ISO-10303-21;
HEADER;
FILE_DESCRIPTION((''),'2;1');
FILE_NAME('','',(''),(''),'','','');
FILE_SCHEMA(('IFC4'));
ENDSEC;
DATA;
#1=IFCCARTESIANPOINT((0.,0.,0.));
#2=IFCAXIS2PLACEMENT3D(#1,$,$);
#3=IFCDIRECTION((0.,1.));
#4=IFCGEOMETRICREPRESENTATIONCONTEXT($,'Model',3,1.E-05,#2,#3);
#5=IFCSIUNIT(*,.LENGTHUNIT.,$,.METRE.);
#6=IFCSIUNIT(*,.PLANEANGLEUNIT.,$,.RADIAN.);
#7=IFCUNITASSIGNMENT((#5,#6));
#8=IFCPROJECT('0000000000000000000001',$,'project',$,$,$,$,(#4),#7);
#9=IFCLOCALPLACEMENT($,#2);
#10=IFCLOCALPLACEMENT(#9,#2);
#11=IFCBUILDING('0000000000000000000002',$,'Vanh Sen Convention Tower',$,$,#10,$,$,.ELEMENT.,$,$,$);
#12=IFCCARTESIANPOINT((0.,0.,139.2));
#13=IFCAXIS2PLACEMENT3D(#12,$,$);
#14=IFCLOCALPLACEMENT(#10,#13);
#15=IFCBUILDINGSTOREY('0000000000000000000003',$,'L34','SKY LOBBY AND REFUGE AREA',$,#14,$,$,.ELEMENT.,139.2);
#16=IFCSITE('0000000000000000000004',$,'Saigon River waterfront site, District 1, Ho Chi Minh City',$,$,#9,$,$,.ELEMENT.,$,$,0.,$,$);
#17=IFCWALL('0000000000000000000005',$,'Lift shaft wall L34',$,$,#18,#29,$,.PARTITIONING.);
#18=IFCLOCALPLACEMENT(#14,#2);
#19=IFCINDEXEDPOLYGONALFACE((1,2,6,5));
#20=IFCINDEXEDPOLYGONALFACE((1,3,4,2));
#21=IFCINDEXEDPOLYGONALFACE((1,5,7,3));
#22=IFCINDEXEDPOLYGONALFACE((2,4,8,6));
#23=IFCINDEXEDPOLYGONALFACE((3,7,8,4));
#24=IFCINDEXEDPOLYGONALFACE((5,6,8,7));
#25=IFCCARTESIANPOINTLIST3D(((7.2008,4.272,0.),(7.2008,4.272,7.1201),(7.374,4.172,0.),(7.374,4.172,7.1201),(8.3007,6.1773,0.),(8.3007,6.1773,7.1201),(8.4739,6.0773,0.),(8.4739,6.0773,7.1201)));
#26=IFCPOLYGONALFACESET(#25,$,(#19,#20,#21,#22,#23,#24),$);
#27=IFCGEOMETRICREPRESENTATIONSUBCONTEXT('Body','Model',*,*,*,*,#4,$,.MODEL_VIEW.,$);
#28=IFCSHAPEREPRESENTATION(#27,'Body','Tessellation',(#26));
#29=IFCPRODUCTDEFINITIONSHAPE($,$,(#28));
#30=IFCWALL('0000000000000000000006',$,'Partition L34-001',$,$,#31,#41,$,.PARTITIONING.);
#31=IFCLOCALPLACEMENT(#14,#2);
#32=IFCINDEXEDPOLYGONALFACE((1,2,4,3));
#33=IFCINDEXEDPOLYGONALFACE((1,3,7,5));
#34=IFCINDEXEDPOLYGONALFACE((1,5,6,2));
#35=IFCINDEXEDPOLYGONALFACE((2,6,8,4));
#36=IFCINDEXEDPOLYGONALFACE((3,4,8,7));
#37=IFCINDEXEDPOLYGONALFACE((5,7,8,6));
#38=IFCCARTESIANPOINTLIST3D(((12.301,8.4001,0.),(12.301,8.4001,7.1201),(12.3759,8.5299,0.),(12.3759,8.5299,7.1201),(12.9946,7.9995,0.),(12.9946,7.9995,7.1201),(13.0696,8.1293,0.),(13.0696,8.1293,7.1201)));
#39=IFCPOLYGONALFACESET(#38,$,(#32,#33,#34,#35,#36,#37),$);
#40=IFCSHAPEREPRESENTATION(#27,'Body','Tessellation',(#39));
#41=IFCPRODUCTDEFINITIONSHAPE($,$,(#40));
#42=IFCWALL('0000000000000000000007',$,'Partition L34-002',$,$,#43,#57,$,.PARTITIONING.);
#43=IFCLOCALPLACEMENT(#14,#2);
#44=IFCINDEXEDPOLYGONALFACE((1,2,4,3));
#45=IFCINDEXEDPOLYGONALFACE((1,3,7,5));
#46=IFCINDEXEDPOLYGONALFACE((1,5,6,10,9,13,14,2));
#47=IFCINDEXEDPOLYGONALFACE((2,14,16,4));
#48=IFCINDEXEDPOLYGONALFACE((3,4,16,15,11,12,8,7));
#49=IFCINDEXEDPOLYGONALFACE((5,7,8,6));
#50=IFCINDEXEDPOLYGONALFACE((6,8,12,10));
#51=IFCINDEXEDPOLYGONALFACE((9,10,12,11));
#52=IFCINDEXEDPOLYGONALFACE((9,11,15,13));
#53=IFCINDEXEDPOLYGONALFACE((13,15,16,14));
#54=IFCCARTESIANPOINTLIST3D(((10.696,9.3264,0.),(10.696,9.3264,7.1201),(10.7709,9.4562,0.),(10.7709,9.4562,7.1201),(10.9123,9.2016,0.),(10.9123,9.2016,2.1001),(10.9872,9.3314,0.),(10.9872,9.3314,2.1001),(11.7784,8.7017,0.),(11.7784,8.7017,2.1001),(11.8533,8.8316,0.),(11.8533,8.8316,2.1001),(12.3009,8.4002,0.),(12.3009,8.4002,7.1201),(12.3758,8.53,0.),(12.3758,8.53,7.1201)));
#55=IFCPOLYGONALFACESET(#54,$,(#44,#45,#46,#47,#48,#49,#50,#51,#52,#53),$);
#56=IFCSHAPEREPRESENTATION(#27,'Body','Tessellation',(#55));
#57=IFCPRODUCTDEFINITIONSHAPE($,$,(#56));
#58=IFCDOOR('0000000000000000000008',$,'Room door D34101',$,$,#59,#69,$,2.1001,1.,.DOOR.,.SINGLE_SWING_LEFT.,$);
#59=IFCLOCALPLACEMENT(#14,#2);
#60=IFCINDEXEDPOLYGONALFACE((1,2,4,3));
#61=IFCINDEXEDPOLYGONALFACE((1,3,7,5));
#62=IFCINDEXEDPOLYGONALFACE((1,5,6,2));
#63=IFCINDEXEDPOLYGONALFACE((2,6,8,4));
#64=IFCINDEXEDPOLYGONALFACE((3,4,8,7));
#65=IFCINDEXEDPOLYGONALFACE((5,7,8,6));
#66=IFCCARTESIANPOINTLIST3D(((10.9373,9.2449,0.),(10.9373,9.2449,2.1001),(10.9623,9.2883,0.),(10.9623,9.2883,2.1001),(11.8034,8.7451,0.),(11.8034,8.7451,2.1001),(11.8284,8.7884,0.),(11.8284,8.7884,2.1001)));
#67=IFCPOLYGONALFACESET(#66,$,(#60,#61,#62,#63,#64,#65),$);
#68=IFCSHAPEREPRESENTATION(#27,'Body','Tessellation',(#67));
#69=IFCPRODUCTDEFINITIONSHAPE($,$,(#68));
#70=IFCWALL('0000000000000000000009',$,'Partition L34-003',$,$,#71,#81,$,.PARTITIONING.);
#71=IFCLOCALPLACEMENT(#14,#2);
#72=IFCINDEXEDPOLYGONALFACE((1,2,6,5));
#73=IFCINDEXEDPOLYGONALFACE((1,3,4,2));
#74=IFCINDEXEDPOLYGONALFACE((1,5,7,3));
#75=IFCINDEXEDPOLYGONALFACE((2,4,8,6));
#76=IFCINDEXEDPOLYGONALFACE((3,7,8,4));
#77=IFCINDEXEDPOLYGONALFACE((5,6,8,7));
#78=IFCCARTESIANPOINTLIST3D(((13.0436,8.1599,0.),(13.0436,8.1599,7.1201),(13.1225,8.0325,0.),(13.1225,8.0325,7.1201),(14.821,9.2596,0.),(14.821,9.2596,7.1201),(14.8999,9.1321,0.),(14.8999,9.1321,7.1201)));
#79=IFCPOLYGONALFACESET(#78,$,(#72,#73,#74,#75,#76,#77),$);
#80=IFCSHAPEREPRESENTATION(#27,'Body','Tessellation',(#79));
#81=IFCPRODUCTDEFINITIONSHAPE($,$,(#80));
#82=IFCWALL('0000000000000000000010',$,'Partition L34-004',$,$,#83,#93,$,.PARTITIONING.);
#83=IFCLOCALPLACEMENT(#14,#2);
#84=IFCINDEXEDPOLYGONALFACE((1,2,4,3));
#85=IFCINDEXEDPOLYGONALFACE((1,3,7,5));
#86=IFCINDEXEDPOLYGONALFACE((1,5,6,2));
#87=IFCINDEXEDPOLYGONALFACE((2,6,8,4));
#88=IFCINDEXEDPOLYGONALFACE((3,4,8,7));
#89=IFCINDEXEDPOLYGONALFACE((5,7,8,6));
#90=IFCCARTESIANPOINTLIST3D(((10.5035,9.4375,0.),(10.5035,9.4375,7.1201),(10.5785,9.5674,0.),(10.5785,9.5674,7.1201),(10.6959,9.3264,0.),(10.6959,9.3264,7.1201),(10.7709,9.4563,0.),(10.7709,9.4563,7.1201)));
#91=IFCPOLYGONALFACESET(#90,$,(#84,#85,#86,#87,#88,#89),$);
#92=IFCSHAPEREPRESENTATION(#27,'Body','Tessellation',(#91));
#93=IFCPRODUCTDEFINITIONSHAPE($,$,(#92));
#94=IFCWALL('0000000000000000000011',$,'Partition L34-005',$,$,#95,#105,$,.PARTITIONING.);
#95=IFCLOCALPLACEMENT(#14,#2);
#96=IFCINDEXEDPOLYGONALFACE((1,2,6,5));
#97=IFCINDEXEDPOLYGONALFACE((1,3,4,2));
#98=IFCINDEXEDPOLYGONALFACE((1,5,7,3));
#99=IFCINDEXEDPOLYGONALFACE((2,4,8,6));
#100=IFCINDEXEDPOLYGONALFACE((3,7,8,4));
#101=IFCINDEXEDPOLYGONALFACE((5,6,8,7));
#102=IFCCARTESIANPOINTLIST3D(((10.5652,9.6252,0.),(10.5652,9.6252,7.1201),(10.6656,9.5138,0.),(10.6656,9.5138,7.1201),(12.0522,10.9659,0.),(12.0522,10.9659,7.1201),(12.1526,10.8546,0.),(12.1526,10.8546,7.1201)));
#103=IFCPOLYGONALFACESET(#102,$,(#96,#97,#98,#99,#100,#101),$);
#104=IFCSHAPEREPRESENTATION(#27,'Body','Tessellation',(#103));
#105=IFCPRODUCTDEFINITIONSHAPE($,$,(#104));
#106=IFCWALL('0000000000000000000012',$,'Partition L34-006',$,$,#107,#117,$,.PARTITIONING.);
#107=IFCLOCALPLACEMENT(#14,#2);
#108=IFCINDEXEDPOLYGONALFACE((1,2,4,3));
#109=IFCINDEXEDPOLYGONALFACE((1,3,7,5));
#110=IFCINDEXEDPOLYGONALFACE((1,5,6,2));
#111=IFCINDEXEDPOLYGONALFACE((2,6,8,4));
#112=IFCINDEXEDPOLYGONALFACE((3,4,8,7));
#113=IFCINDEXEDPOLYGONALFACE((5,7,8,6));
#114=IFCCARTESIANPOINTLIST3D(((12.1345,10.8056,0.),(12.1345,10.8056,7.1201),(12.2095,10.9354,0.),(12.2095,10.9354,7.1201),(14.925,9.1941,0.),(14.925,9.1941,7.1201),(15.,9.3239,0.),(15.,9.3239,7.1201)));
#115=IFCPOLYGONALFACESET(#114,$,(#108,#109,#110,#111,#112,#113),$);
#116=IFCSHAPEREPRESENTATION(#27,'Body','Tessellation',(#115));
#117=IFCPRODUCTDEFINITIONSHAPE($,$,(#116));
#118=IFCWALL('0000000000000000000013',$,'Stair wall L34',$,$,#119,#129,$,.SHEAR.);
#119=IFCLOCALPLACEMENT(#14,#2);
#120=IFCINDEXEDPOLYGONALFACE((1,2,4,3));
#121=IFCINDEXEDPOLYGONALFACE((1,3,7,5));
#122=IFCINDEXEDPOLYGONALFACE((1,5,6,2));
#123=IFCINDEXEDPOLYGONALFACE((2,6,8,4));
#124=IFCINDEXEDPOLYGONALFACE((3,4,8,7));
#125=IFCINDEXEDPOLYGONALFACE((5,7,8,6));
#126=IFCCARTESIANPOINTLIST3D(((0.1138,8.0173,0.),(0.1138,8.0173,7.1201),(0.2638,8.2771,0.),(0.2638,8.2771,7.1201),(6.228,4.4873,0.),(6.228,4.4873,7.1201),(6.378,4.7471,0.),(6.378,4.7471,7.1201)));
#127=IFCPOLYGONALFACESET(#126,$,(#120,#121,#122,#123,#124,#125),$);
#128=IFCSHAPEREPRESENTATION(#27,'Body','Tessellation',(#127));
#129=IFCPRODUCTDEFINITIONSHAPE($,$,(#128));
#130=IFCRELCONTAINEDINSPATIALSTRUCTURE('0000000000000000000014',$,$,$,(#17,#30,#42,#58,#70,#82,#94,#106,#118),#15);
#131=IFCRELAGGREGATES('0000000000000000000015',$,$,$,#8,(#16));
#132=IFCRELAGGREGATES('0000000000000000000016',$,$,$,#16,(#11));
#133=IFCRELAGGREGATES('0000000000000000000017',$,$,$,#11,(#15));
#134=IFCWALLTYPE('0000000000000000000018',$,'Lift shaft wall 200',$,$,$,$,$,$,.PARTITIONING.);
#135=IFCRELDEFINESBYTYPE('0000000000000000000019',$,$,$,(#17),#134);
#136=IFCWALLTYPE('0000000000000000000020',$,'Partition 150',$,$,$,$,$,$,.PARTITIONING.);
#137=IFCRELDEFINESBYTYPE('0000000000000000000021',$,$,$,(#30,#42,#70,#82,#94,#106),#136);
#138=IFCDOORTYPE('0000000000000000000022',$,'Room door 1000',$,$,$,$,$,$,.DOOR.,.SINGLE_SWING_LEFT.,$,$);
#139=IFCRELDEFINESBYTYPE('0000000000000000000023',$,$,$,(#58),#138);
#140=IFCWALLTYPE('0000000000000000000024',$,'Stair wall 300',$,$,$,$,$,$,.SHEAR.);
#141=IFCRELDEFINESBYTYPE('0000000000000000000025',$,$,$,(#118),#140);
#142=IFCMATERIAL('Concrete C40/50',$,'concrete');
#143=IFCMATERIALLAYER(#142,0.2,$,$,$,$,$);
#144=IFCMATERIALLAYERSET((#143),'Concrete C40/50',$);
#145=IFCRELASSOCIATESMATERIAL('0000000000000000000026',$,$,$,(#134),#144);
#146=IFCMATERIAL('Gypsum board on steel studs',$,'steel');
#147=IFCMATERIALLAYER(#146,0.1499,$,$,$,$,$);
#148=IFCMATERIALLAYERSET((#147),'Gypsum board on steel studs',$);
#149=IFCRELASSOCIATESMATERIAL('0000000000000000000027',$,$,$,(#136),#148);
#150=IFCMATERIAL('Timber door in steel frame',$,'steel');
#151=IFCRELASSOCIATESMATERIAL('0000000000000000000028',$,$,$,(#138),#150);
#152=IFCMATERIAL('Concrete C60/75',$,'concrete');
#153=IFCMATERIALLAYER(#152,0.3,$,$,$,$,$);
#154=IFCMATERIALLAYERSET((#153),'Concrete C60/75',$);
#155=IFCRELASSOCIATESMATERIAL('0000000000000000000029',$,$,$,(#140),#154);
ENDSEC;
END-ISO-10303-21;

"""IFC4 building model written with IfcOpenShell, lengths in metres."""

from ifc_helpers import new_model, si_unit, direction, frame, frame_2d, origin, place, context, subcontext, project, spatial, rectangle, extrude, material, layer, layer_set, type_object, element, fill, save


model = new_model("IFC4")

# Units and contexts
model_context = context("Model", 3, precision=1e-05, world=origin(), true_north=direction((0.0, 1.0)))
body_context = subcontext(model_context, "Body", "Model", "MODEL_VIEW")
ifc_project = project(units=[si_unit("LENGTHUNIT", "METRE"), si_unit("PLANEANGLEUNIT", "RADIAN")], contexts=[model_context])

# Site, building, storey
site_placement = place(None, origin())
site = spatial("IfcSite", under=ifc_project, at=site_placement, Name="Saigon River waterfront site, District 1, Ho Chi Minh City", CompositionType="ELEMENT", RefElevation=0.0)
building_placement = place(site_placement, origin())
building = spatial("IfcBuilding", under=site, at=building_placement, Name="Vanh Sen Convention Tower", CompositionType="ELEMENT")
storey_placement = place(building_placement, frame((0.0, 0.0, 139.2)))
storey = spatial("IfcBuildingStorey", under=building, at=storey_placement, Name="L34", Description="SKY LOBBY AND REFUGE AREA", CompositionType="ELEMENT", Elevation=139.2)

# Shared definitions
ifc_material_1 = material(Name="Concrete C60/75", Category="concrete")

# Walls
ifc_material_2 = material(Name="Concrete C40/50", Category="concrete")
ifc_layer_1 = layer(ifc_material_2, 0.2)
ifc_layer_set_1 = layer_set([ifc_layer_1], Name="Concrete C40/50")
wall_type_1 = type_object("IfcWallType", Name="Lift shaft wall 200", PredefinedType="PARTITIONING", material=ifc_layer_set_1)
wall_1_placement = place(storey_placement, frame((7.2874, 4.2219, 0.0), z_axis=(0.0, 0.0, 1.0), x_axis=(0.499947, 0.866056, 0.0)))
element("IfcWall", 1, at=wall_1_placement, inside=storey, type_object=wall_type_1, Name="Lift shaft wall L34", PredefinedType="PARTITIONING", context=body_context, shape_type="SweptSolid", body=[
    extrude(rectangle(XDim=2.2, YDim=0.2, at=frame_2d((1.1001, 0.0))), origin(), (0.0, 0.0, 1.0), 7.1201),
])
ifc_material_3 = material(Name="Gypsum board on steel studs", Category="steel")
ifc_layer_2 = layer(ifc_material_3, 0.1499)
ifc_layer_set_2 = layer_set([ifc_layer_2], Name="Gypsum board on steel studs")
wall_type_2 = type_object("IfcWallType", Name="Partition 150", PredefinedType="PARTITIONING", material=ifc_layer_set_2)
wall_2_placement = place(storey_placement, frame((13.032, 8.0645, 0.0), z_axis=(0.0, 0.0, 1.0), x_axis=(-0.865927, 0.500171, 0.0)))
element("IfcWall", 2, at=wall_2_placement, inside=storey, type_object=wall_type_2, Name="Partition L34-001", PredefinedType="PARTITIONING", context=body_context, shape_type="SweptSolid", body=[
    extrude(rectangle(XDim=0.801, YDim=0.1499, at=frame_2d((0.4004, 0.0))), origin(), (0.0, 0.0, 1.0), 7.1201),
])

# Wall, opening, door
wall_3_placement = place(storey_placement, frame((12.3384, 8.4651, 0.0), z_axis=(0.0, 0.0, 1.0), x_axis=(-0.866111, 0.499852, 0.0)))
wall_3 = element("IfcWall", 3, at=wall_3_placement, inside=storey, type_object=wall_type_2, Name="Partition L34-002", PredefinedType="PARTITIONING", context=body_context, shape_type="SweptSolid", body=[
    extrude(rectangle(XDim=1.853, YDim=0.1499, at=frame_2d((0.9265, 0.0))), origin(), (0.0, 0.0, 1.0), 7.1201),
])
opening_1_placement = place(wall_3_placement, frame((0.6033, 0.0, 0.0)))
opening_1 = element("IfcOpeningElement", 4, at=opening_1_placement, cuts=wall_3, PredefinedType="OPENING", context=body_context, shape_type="SweptSolid", body=[
    extrude(rectangle(XDim=1.0, YDim=2.1001, at=frame_2d((0.5, 1.05))), frame((0.0, 0.085, 0.0), z_axis=(0.0, -1.0, 0.0), x_axis=(1.0, 0.0, 0.0)), (0.0, 0.0, 1.0), 0.1699),
])
ifc_material_4 = material(Name="Timber door in steel frame", Category="steel")
door_type_1 = type_object("IfcDoorType", Name="Room door 1000", OperationType="SINGLE_SWING_LEFT", PredefinedType="DOOR", material=ifc_material_4)
door_1_placement = place(opening_1_placement, origin())
door_1 = element("IfcDoor", 5, at=door_1_placement, inside=storey, type_object=door_type_1, Name="Room door D34101", OperationType="SINGLE_SWING_LEFT", OverallHeight=2.1001, OverallWidth=1.0, PredefinedType="DOOR", context=body_context, shape_type="SweptSolid", body=[
    extrude(rectangle(XDim=1.0, YDim=2.1001, at=frame_2d((0.5, 1.05))), frame((0.0, 0.0249, 0.0), z_axis=(0.0, -1.0, 0.0), x_axis=(1.0, 0.0, 0.0)), (0.0, 0.0, 1.0), 0.05),
])
fill(opening_1, door_1)

# Walls
wall_4_placement = place(storey_placement, frame((14.8604, 9.1958, 0.0), z_axis=(0.0, 0.0, 1.0), x_axis=(-0.850405, -0.526129, 0.0)))
element("IfcWall", 6, at=wall_4_placement, inside=storey, type_object=wall_type_2, Name="Partition L34-003", PredefinedType="PARTITIONING", context=body_context, shape_type="SweptSolid", body=[
    extrude(rectangle(XDim=2.0901, YDim=0.1499, at=frame_2d((1.0449, 0.0))), origin(), (0.0, 0.0, 1.0), 7.1201),
])
wall_5_placement = place(storey_placement, frame((10.7334, 9.3914, 0.0), z_axis=(0.0, 0.0, 1.0), x_axis=(-0.866003, 0.50004, 0.0)))
element("IfcWall", 7, at=wall_5_placement, inside=storey, type_object=wall_type_2, Name="Partition L34-004", PredefinedType="PARTITIONING", context=body_context, shape_type="SweptSolid", body=[
    extrude(rectangle(XDim=0.2222, YDim=0.1499, at=frame_2d((0.1111, 0.0))), origin(), (0.0, 0.0, 1.0), 7.1201),
])
wall_6_placement = place(storey_placement, frame((10.6155, 9.5696, 0.0), z_axis=(0.0, 0.0, 1.0), x_axis=(0.742681, 0.669645, 0.0)))
element("IfcWall", 8, at=wall_6_placement, inside=storey, type_object=wall_type_2, Name="Partition L34-005", PredefinedType="PARTITIONING", context=body_context, shape_type="SweptSolid", body=[
    extrude(rectangle(XDim=2.0022, YDim=0.1499, at=frame_2d((1.001, 0.0))), origin(), (0.0, 0.0, 1.0), 7.1201),
])
wall_7_placement = place(storey_placement, frame((12.1719, 10.8706, 0.0), z_axis=(0.0, 0.0, 1.0), x_axis=(0.865964, -0.500107, 0.0)))
element("IfcWall", 9, at=wall_7_placement, inside=storey, type_object=wall_type_2, Name="Partition L34-006", PredefinedType="PARTITIONING", context=body_context, shape_type="SweptSolid", body=[
    extrude(rectangle(XDim=3.2224, YDim=0.1499, at=frame_2d((1.6113, 0.0))), origin(), (0.0, 0.0, 1.0), 7.1201),
])
ifc_layer_3 = layer(ifc_material_1, 0.3)
ifc_layer_set_3 = layer_set([ifc_layer_3], Name="Concrete C60/75")
wall_type_3 = type_object("IfcWallType", Name="Stair wall 300", PredefinedType="SHEAR", material=ifc_layer_set_3)
wall_8_placement = place(storey_placement, frame((6.303, 4.6172, 0.0), z_axis=(0.0, 0.0, 1.0), x_axis=(-0.866028, 0.499996, 0.0)))
element("IfcWall", 10, at=wall_8_placement, inside=storey, type_object=wall_type_3, Name="Stair wall L34", PredefinedType="SHEAR", context=body_context, shape_type="SweptSolid", body=[
    extrude(rectangle(XDim=7.0601, YDim=0.3, at=frame_2d((3.53, 0.0))), origin(), (0.0, 0.0, 1.0), 7.1201),
])

save(model, "model.ifc")
